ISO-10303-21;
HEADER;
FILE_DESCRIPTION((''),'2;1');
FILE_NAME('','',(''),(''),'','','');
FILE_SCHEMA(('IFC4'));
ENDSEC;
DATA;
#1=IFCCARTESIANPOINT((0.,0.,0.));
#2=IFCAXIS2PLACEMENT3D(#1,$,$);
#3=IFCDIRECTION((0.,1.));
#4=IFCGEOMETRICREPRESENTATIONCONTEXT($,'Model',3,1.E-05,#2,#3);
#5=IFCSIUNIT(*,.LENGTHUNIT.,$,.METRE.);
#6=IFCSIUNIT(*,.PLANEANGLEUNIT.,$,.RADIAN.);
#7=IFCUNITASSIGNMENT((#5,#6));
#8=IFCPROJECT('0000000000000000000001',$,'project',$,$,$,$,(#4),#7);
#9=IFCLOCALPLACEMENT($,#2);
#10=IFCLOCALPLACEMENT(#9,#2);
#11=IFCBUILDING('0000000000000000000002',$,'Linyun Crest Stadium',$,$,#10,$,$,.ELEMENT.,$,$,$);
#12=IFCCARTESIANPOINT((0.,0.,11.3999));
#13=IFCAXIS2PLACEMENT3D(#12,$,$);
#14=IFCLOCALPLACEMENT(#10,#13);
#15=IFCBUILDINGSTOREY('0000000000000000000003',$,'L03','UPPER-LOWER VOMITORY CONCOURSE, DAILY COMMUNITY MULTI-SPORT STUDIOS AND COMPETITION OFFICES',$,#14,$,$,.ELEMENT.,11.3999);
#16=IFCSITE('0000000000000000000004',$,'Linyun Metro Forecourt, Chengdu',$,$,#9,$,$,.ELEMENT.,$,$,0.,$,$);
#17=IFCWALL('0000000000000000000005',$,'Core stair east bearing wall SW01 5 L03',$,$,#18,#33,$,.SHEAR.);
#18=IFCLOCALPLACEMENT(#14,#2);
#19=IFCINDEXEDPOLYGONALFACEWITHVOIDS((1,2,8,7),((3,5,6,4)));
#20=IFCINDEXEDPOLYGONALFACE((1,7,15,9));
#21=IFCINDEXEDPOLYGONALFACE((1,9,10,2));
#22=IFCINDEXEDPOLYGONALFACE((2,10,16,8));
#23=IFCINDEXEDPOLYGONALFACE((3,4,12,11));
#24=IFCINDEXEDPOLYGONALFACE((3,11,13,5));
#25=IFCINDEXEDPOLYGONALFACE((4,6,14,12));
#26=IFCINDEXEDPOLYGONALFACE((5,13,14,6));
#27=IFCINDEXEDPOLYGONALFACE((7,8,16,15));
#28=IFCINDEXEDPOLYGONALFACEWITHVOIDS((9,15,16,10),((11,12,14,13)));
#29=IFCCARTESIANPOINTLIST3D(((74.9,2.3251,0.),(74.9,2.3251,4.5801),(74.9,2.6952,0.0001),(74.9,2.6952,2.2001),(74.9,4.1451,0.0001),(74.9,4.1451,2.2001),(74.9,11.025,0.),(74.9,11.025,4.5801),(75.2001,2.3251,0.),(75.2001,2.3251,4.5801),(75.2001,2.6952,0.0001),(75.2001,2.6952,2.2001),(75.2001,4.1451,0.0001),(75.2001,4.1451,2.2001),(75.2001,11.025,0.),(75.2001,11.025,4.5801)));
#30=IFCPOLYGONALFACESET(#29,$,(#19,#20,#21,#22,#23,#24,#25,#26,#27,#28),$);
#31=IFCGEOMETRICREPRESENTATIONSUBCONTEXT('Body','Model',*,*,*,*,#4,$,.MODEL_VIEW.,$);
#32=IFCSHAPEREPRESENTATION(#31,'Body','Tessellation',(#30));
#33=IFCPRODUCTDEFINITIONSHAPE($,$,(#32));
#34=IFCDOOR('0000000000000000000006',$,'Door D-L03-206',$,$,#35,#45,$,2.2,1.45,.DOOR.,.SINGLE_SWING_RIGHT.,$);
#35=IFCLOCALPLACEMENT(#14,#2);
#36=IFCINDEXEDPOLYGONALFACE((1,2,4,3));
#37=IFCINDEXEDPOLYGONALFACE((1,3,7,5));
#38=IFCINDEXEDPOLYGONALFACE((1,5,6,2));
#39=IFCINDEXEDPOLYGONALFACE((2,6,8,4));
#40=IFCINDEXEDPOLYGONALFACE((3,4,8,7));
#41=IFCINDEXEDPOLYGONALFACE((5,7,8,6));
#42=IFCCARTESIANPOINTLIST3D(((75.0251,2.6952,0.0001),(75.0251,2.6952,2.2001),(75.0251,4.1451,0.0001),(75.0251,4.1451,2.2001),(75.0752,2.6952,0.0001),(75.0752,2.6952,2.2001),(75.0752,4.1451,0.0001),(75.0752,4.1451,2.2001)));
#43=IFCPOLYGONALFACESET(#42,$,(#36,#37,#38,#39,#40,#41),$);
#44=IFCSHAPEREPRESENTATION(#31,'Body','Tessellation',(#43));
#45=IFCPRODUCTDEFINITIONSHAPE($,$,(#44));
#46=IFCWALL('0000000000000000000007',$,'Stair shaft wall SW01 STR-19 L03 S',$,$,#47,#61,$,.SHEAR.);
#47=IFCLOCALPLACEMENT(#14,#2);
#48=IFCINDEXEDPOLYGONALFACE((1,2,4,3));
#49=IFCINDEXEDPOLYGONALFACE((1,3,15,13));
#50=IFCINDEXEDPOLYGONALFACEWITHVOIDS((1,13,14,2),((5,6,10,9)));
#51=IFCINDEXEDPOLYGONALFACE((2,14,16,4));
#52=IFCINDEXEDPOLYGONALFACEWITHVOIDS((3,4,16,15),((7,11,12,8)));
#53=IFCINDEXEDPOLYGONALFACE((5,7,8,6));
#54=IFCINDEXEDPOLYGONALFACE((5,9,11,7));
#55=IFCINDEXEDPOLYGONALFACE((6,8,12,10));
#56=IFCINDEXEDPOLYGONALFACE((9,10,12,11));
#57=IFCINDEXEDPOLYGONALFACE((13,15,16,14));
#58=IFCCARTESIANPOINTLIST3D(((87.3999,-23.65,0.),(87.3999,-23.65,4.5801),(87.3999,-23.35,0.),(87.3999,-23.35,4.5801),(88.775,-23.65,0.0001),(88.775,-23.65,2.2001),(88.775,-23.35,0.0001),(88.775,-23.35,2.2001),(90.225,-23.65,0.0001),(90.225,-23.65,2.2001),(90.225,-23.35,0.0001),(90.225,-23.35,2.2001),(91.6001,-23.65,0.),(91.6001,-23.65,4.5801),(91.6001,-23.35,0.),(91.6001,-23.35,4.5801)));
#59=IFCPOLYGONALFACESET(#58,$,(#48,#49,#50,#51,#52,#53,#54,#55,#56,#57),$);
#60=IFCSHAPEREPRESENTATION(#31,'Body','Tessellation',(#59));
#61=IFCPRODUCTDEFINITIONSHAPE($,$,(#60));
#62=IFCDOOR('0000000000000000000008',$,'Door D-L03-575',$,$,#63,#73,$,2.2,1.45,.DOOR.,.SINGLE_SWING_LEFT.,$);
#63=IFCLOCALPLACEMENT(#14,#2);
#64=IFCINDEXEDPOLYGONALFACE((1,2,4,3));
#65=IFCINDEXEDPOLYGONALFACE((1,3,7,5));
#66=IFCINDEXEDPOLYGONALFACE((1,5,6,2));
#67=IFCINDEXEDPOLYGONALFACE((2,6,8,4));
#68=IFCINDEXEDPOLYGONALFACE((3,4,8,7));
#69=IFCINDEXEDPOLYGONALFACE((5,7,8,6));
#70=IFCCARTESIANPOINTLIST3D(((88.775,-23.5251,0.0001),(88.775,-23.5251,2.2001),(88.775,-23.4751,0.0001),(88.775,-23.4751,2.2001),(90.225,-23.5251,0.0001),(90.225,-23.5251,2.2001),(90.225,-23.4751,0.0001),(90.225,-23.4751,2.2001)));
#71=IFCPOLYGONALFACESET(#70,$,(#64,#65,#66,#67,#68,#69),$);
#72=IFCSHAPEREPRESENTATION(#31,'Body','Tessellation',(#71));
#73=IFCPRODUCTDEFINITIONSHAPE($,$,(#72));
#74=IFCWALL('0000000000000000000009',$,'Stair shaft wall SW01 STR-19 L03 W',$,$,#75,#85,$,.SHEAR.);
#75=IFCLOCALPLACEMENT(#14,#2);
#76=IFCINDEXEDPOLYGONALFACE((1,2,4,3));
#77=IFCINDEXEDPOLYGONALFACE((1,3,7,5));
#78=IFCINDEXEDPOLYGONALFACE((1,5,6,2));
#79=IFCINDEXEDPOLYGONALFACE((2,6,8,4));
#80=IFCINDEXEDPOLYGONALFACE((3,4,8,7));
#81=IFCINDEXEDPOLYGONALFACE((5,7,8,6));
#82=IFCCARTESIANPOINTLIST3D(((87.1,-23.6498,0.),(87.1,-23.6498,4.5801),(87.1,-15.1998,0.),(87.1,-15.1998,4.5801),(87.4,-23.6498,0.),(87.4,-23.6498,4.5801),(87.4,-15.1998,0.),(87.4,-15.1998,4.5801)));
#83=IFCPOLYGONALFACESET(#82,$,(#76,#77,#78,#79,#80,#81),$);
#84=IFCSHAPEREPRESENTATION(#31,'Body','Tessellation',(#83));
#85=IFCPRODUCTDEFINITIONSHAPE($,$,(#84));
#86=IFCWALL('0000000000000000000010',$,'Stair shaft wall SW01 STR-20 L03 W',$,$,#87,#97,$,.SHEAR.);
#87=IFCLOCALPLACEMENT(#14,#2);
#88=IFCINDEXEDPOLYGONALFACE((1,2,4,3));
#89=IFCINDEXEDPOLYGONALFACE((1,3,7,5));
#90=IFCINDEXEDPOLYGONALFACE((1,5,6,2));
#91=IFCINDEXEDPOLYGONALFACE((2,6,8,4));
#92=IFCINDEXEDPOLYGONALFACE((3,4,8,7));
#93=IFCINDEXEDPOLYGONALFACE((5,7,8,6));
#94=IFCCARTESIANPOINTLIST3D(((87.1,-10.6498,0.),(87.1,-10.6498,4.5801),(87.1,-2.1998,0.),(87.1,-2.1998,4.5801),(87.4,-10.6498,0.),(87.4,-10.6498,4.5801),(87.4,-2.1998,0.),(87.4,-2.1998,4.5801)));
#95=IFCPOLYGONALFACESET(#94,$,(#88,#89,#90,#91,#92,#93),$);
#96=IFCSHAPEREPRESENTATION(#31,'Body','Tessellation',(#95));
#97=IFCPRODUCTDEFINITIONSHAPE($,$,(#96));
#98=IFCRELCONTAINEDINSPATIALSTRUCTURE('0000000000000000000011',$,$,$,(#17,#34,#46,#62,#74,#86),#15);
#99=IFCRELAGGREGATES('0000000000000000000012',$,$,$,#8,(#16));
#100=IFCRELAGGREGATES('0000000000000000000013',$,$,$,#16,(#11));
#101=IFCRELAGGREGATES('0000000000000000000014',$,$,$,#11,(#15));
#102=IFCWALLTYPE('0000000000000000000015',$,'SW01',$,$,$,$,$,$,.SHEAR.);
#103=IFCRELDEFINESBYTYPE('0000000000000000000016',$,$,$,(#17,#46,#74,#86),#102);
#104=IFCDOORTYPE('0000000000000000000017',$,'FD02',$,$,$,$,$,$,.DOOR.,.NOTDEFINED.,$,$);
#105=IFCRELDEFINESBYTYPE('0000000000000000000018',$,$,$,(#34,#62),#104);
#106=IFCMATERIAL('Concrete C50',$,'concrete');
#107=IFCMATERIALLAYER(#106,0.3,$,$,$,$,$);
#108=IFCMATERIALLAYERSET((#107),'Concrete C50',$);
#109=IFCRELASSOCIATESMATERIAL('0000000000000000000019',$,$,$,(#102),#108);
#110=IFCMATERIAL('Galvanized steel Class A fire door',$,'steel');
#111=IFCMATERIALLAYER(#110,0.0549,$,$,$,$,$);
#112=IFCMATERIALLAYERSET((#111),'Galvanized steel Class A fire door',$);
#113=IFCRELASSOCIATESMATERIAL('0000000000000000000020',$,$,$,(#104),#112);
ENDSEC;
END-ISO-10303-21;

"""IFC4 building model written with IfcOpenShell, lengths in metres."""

from ifc_helpers import new_model, si_unit, direction, frame, frame_2d, origin, place, context, subcontext, project, spatial, rectangle, extrude, material, layer, layer_set, type_object, element, fill, save


model = new_model("IFC4")

# Units and contexts
model_context = context("Model", 3, precision=1e-05, world=origin(), true_north=direction((0.0, 1.0)))
body_context = subcontext(model_context, "Body", "Model", "MODEL_VIEW")
ifc_project = project(units=[si_unit("LENGTHUNIT", "METRE"), si_unit("PLANEANGLEUNIT", "RADIAN")], contexts=[model_context])

# Site, building, storey
site_placement = place(None, origin())
site = spatial("IfcSite", under=ifc_project, at=site_placement, Name="Linyun Metro Forecourt, Chengdu", CompositionType="ELEMENT", RefElevation=0.0)
building_placement = place(site_placement, origin())
building = spatial("IfcBuilding", under=site, at=building_placement, Name="Linyun Crest Stadium", CompositionType="ELEMENT")
storey_placement = place(building_placement, frame((0.0, 0.0, 11.3999)))
storey = spatial("IfcBuildingStorey", under=building, at=storey_placement, Name="L03", Description="UPPER-LOWER VOMITORY CONCOURSE, DAILY COMMUNITY MULTI-SPORT STUDIOS AND COMPETITION OFFICES", CompositionType="ELEMENT", Elevation=11.3999)

# Walls, openings, doors
ifc_material_1 = material(Name="Concrete C50", Category="concrete")
ifc_layer_1 = layer(ifc_material_1, 0.3)
ifc_layer_set_1 = layer_set([ifc_layer_1], Name="Concrete C50")
wall_type_1 = type_object("IfcWallType", Name="SW01", PredefinedType="SHEAR", material=ifc_layer_set_1)
wall_1_placement = place(storey_placement, frame((75.05, 2.325, 0.0), z_axis=(0.0, 0.0, 1.0), x_axis=(0.0, 1.0, 0.0)))
wall_1 = element("IfcWall", 1, at=wall_1_placement, inside=storey, type_object=wall_type_1, Name="Core stair east bearing wall SW01 5 L03", PredefinedType="SHEAR", context=body_context, shape_type="SweptSolid", body=[
    extrude(rectangle(XDim=8.7, YDim=0.3, at=frame_2d((4.3501, 0.0))), origin(), (0.0, 0.0, 1.0), 4.5801),
])
opening_1_placement = place(wall_1_placement, frame((0.3701, 0.0, 0.0)))
opening_1 = element("IfcOpeningElement", 2, at=opening_1_placement, cuts=wall_1, PredefinedType="OPENING", context=body_context, shape_type="SweptSolid", body=[
    extrude(rectangle(XDim=1.45, YDim=2.2, at=frame_2d((0.7251, 1.1001))), frame((0.0, 0.1599, 0.0), z_axis=(0.0, -1.0, 0.0), x_axis=(1.0, 0.0, 0.0)), (0.0, 0.0, 1.0), 0.3201),
])
ifc_material_2 = material(Name="Galvanized steel Class A fire door", Category="steel")
ifc_layer_2 = layer(ifc_material_2, 0.0549)
ifc_layer_set_2 = layer_set([ifc_layer_2], Name="Galvanized steel Class A fire door")
door_type_1 = type_object("IfcDoorType", Name="FD02", OperationType="NOTDEFINED", PredefinedType="DOOR", material=ifc_layer_set_2)
door_1_placement = place(opening_1_placement, origin())
door_1 = element("IfcDoor", 3, at=door_1_placement, inside=storey, type_object=door_type_1, Name="Door D-L03-206", OperationType="SINGLE_SWING_RIGHT", OverallHeight=2.2, OverallWidth=1.45, PredefinedType="DOOR", context=body_context, shape_type="SweptSolid", body=[
    extrude(rectangle(XDim=1.45, YDim=2.2, at=frame_2d((0.7251, 1.1001))), frame((0.0, 0.0249, 0.0), z_axis=(0.0, -1.0, 0.0), x_axis=(1.0, 0.0, 0.0)), (0.0, 0.0, 1.0), 0.05),
])
fill(opening_1, door_1)
wall_2_placement = place(storey_placement, frame((87.3999, -23.5, 0.0), z_axis=(0.0, 0.0, 1.0), x_axis=(1.0, 0.0, 0.0)))
wall_2 = element("IfcWall", 4, at=wall_2_placement, inside=storey, type_object=wall_type_1, Name="Stair shaft wall SW01 STR-19 L03 S", PredefinedType="SHEAR", context=body_context, shape_type="SweptSolid", body=[
    extrude(rectangle(XDim=4.2002, YDim=0.3, at=frame_2d((2.1001, 0.0))), origin(), (0.0, 0.0, 1.0), 4.5801),
])
opening_2_placement = place(wall_2_placement, frame((1.375, 0.0, 0.0)))
opening_2 = element("IfcOpeningElement", 5, at=opening_2_placement, cuts=wall_2, PredefinedType="OPENING", context=body_context, shape_type="SweptSolid", body=[
    extrude(rectangle(XDim=1.45, YDim=2.2, at=frame_2d((0.7251, 1.1001))), frame((0.0, 0.1599, 0.0), z_axis=(0.0, -1.0, 0.0), x_axis=(1.0, 0.0, 0.0)), (0.0, 0.0, 1.0), 0.3201),
])
door_2_placement = place(opening_2_placement, origin())
door_2 = element("IfcDoor", 6, at=door_2_placement, inside=storey, type_object=door_type_1, Name="Door D-L03-575", OperationType="SINGLE_SWING_LEFT", OverallHeight=2.2, OverallWidth=1.45, PredefinedType="DOOR", context=body_context, shape_type="SweptSolid", body=[
    extrude(rectangle(XDim=1.45, YDim=2.2, at=frame_2d((0.7251, 1.1001))), frame((0.0, 0.0249, 0.0), z_axis=(0.0, -1.0, 0.0), x_axis=(1.0, 0.0, 0.0)), (0.0, 0.0, 1.0), 0.05),
])
fill(opening_2, door_2)

# Walls
for number, where, z_axis, x_axis, name in (
    (7, (87.25, -23.6499, 0.0), (0.0, 0.0, 1.0), (0.0, 1.0, 0.0), "Stair shaft wall SW01 STR-19 L03 W"),
    (8, (87.25, -10.6499, 0.0), (0.0, 0.0, 1.0), (0.0, 1.0, 0.0), "Stair shaft wall SW01 STR-20 L03 W"),
):
    element("IfcWall", number, at=place(storey_placement, frame(where, z_axis=z_axis, x_axis=x_axis)), inside=storey, type_object=wall_type_1, Name=name, PredefinedType="SHEAR", context=body_context, shape_type="SweptSolid", body=[
        extrude(rectangle(XDim=8.45, YDim=0.3, at=frame_2d((4.2251, 0.0))), origin(), (0.0, 0.0, 1.0), 4.5801),
    ])

save(model, "model.ifc")
